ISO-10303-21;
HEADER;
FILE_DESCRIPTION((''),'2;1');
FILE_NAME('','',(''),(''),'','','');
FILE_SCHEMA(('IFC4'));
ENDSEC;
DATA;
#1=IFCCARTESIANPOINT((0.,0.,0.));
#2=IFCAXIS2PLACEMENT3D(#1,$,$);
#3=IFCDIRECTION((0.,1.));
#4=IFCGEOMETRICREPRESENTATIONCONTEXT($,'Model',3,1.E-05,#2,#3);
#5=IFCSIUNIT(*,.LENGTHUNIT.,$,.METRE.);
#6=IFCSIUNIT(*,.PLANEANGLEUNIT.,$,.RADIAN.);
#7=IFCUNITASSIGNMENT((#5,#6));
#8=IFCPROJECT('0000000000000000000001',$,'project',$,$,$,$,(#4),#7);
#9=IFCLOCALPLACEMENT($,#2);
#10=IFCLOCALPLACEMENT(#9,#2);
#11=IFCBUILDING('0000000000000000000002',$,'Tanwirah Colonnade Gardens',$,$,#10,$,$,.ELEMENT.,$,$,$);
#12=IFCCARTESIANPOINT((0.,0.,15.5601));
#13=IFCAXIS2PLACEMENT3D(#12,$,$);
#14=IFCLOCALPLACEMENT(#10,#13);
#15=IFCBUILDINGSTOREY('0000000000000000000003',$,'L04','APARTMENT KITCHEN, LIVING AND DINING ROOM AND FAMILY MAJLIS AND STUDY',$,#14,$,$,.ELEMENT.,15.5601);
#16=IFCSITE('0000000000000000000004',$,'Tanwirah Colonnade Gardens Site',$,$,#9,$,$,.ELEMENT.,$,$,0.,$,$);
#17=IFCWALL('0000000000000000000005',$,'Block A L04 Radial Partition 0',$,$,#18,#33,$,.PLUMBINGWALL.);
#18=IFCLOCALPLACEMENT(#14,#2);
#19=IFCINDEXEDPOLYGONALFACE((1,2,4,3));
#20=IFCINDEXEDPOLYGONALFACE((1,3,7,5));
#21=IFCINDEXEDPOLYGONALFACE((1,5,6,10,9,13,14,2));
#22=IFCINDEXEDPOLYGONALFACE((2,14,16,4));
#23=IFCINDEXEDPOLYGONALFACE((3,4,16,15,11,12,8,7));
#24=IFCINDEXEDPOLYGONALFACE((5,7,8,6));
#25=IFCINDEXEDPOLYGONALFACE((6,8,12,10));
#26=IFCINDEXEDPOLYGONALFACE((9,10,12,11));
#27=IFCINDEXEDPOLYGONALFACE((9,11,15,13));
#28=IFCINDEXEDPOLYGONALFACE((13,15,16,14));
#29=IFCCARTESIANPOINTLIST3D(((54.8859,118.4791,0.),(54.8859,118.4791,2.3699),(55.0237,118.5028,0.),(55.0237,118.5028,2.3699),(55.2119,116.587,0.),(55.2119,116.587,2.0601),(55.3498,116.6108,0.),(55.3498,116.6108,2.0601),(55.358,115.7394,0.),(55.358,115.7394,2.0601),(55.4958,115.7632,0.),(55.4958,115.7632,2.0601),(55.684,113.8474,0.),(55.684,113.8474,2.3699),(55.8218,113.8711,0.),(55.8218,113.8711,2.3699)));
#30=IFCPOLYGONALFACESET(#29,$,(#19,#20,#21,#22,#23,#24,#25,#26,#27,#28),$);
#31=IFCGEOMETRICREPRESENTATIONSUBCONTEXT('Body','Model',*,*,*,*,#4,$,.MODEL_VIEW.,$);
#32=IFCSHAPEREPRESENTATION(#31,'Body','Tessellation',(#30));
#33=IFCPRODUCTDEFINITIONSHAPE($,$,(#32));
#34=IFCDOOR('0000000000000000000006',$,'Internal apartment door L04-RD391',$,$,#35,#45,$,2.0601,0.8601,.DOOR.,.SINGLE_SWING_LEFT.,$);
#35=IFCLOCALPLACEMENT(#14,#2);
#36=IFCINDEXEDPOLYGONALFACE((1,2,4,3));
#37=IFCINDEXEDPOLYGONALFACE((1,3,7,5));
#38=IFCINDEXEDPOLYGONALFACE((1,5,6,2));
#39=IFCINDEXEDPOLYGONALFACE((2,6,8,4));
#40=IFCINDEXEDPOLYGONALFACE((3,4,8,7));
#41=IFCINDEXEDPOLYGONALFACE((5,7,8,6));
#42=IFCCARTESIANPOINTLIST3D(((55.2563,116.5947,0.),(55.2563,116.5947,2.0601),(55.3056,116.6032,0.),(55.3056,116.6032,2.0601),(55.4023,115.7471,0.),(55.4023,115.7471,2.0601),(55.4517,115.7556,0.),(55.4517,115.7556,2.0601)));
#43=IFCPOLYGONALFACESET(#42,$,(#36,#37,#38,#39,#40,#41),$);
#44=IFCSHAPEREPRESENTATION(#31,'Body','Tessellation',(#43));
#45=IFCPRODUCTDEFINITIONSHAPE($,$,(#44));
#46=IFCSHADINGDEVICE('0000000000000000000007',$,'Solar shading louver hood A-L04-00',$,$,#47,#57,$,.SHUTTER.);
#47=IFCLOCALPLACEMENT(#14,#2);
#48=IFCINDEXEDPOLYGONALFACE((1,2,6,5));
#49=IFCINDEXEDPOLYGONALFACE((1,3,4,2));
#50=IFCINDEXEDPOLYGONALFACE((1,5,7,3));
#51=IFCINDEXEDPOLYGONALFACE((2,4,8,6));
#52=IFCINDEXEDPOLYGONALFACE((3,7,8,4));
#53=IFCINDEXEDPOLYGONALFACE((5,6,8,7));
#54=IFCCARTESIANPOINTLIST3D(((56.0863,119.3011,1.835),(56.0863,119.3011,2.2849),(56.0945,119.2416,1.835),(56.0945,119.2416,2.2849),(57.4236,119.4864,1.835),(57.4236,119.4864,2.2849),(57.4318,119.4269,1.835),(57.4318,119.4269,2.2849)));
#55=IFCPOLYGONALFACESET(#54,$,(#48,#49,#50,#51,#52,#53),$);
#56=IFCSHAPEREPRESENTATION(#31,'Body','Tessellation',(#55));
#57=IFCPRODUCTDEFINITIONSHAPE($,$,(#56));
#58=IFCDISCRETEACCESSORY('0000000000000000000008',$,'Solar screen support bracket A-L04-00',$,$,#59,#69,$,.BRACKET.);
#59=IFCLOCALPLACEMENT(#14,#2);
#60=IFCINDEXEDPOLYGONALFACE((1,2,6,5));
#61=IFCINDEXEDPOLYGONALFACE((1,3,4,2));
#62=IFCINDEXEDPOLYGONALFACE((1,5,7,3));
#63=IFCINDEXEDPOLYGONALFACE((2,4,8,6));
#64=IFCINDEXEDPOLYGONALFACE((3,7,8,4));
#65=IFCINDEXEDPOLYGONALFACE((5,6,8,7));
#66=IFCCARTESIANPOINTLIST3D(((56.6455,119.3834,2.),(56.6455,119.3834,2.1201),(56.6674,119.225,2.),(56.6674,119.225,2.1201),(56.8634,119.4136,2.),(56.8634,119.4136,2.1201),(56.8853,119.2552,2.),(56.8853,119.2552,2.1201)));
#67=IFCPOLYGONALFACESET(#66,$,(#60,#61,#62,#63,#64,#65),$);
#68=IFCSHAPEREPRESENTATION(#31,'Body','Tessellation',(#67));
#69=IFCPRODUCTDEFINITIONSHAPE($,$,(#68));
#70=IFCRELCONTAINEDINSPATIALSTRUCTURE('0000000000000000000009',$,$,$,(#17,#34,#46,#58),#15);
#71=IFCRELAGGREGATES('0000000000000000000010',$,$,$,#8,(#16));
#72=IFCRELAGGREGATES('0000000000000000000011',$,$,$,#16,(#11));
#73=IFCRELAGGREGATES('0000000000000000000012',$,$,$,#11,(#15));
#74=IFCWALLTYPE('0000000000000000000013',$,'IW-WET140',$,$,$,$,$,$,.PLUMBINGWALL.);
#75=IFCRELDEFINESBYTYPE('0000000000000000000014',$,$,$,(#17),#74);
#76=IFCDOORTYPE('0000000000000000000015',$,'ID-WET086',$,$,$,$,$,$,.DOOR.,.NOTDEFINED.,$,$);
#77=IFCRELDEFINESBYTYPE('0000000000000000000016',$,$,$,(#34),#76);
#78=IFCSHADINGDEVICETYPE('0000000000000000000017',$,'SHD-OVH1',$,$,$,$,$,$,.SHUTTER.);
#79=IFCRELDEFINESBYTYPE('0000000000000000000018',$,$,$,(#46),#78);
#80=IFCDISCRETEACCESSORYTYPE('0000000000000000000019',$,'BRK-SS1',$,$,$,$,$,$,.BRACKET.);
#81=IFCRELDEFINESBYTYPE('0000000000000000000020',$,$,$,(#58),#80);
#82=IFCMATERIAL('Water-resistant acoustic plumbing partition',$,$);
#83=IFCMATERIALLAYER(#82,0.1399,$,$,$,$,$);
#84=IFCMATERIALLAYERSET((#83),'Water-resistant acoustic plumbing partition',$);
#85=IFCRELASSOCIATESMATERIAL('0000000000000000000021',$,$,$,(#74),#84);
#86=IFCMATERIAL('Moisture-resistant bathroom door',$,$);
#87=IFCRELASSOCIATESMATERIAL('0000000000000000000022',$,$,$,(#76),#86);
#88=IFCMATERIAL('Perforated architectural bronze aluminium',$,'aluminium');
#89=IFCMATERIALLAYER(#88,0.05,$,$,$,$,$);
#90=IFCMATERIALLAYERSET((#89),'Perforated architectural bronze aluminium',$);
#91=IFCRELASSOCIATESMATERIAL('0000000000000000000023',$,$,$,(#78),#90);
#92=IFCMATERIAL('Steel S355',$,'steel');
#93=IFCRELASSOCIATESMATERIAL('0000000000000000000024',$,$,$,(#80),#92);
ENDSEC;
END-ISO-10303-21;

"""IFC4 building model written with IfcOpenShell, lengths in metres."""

from ifc_helpers import new_model, si_unit, direction, frame, frame_2d, origin, origin_2d, place, context, subcontext, project, spatial, rectangle, extrude, material, layer, layer_set, type_object, element, fill, save


model = new_model("IFC4")

# Units and contexts
model_context = context("Model", 3, precision=1e-05, world=origin(), true_north=direction((0.0, 1.0)))
body_context = subcontext(model_context, "Body", "Model", "MODEL_VIEW")
ifc_project = project(units=[si_unit("LENGTHUNIT", "METRE"), si_unit("PLANEANGLEUNIT", "RADIAN")], contexts=[model_context])

# Site, building, storey
site_placement = place(None, origin())
site = spatial("IfcSite", under=ifc_project, at=site_placement, Name="Tanwirah Colonnade Gardens Site", CompositionType="ELEMENT", RefElevation=0.0)
building_placement = place(site_placement, origin())
building = spatial("IfcBuilding", under=site, at=building_placement, Name="Tanwirah Colonnade Gardens", CompositionType="ELEMENT")
storey_placement = place(building_placement, frame((0.0, 0.0, 15.5601)))
storey = spatial("IfcBuildingStorey", under=building, at=storey_placement, Name="L04", Description="APARTMENT KITCHEN, LIVING AND DINING ROOM AND FAMILY MAJLIS AND STUDY", CompositionType="ELEMENT", Elevation=15.5601)

# Wall, opening, door
ifc_material_1 = material(Name="Water-resistant acoustic plumbing partition")
ifc_layer_1 = layer(ifc_material_1, 0.1399)
ifc_layer_set_1 = layer_set([ifc_layer_1], Name="Water-resistant acoustic plumbing partition")
wall_type_1 = type_object("IfcWallType", Name="IW-WET140", PredefinedType="PLUMBINGWALL", material=ifc_layer_set_1)
wall_1_placement = place(storey_placement, frame((55.7529, 113.8591, 0.0), z_axis=(0.0, 0.0, 1.0), x_axis=(-0.169813, 0.985476, 0.0)))
wall_1 = element("IfcWall", 1, at=wall_1_placement, inside=storey, type_object=wall_type_1, Name="Block A L04 Radial Partition 0", PredefinedType="PLUMBINGWALL", context=body_context, shape_type="SweptSolid", body=[
    extrude(rectangle(XDim=4.7, YDim=0.1399, at=frame_2d((2.3501, 0.0))), origin(), (0.0, 0.0, 1.0), 2.3699),
])
opening_1_placement = place(wall_1_placement, frame((1.9199, 0.0, 0.0)))
opening_1 = element("IfcOpeningElement", 2, at=opening_1_placement, cuts=wall_1, PredefinedType="OPENING", context=body_context, shape_type="SweptSolid", body=[
    extrude(rectangle(XDim=0.8601, YDim=2.0601, at=frame_2d((0.4302, 1.03))), frame((0.0, 0.0798, 0.0), z_axis=(0.0, -1.0, 0.0), x_axis=(1.0, 0.0, 0.0)), (0.0, 0.0, 1.0), 0.1599),
])
ifc_material_2 = material(Name="Moisture-resistant bathroom door")
door_type_1 = type_object("IfcDoorType", Name="ID-WET086", OperationType="NOTDEFINED", PredefinedType="DOOR", material=ifc_material_2)
door_1_placement = place(opening_1_placement, origin())
door_1 = element("IfcDoor", 3, at=door_1_placement, inside=storey, type_object=door_type_1, Name="Internal apartment door L04-RD391", OperationType="SINGLE_SWING_LEFT", OverallHeight=2.0601, OverallWidth=0.8601, PredefinedType="DOOR", context=body_context, shape_type="SweptSolid", body=[
    extrude(rectangle(XDim=0.8601, YDim=2.0601, at=frame_2d((0.4302, 1.03))), frame((0.0, 0.0249, 0.0), z_axis=(0.0, -1.0, 0.0), x_axis=(1.0, 0.0, 0.0)), (0.0, 0.0, 1.0), 0.05),
])
fill(opening_1, door_1)

# Shading device
ifc_material_3 = material(Name="Perforated architectural bronze aluminium", Category="aluminium")
ifc_layer_2 = layer(ifc_material_3, 0.05)
ifc_layer_set_2 = layer_set([ifc_layer_2], Name="Perforated architectural bronze aluminium")
shading_device_type = type_object("IfcShadingDeviceType", Name="SHD-OVH1", PredefinedType="SHUTTER", material=ifc_layer_set_2)
shading_device_placement = place(storey_placement, frame((56.759, 119.364, 1.835), z_axis=(0.0, 0.0, 1.0), x_axis=(-0.990536, -0.137251, 0.0)))
element("IfcShadingDevice", 4, at=shading_device_placement, inside=storey, type_object=shading_device_type, Name="Solar shading louver hood A-L04-00", PredefinedType="SHUTTER", context=body_context, shape_type="SweptSolid", body=[
    extrude(rectangle(XDim=1.3501, YDim=0.0601, at=origin_2d()), origin(), (0.0, 0.0, 1.0), 0.45),
])

# Discrete accessory
ifc_material_4 = material(Name="Steel S355", Category="steel")
discrete_accessory_type = type_object("IfcDiscreteAccessoryType", Name="BRK-SS1", PredefinedType="BRACKET", material=ifc_material_4)
discrete_accessory_placement = place(storey_placement, frame((56.7654, 119.3193, 2.0), z_axis=(0.0, 0.0, 1.0), x_axis=(-0.990536, -0.137251, 0.0)))
element("IfcDiscreteAccessory", 5, at=discrete_accessory_placement, inside=storey, type_object=discrete_accessory_type, Name="Solar screen support bracket A-L04-00", PredefinedType="BRACKET", context=body_context, shape_type="SweptSolid", body=[
    extrude(rectangle(XDim=0.22, YDim=0.1599, at=origin_2d()), origin(), (0.0, 0.0, 1.0), 0.1201),
])

save(model, "model.ifc")
